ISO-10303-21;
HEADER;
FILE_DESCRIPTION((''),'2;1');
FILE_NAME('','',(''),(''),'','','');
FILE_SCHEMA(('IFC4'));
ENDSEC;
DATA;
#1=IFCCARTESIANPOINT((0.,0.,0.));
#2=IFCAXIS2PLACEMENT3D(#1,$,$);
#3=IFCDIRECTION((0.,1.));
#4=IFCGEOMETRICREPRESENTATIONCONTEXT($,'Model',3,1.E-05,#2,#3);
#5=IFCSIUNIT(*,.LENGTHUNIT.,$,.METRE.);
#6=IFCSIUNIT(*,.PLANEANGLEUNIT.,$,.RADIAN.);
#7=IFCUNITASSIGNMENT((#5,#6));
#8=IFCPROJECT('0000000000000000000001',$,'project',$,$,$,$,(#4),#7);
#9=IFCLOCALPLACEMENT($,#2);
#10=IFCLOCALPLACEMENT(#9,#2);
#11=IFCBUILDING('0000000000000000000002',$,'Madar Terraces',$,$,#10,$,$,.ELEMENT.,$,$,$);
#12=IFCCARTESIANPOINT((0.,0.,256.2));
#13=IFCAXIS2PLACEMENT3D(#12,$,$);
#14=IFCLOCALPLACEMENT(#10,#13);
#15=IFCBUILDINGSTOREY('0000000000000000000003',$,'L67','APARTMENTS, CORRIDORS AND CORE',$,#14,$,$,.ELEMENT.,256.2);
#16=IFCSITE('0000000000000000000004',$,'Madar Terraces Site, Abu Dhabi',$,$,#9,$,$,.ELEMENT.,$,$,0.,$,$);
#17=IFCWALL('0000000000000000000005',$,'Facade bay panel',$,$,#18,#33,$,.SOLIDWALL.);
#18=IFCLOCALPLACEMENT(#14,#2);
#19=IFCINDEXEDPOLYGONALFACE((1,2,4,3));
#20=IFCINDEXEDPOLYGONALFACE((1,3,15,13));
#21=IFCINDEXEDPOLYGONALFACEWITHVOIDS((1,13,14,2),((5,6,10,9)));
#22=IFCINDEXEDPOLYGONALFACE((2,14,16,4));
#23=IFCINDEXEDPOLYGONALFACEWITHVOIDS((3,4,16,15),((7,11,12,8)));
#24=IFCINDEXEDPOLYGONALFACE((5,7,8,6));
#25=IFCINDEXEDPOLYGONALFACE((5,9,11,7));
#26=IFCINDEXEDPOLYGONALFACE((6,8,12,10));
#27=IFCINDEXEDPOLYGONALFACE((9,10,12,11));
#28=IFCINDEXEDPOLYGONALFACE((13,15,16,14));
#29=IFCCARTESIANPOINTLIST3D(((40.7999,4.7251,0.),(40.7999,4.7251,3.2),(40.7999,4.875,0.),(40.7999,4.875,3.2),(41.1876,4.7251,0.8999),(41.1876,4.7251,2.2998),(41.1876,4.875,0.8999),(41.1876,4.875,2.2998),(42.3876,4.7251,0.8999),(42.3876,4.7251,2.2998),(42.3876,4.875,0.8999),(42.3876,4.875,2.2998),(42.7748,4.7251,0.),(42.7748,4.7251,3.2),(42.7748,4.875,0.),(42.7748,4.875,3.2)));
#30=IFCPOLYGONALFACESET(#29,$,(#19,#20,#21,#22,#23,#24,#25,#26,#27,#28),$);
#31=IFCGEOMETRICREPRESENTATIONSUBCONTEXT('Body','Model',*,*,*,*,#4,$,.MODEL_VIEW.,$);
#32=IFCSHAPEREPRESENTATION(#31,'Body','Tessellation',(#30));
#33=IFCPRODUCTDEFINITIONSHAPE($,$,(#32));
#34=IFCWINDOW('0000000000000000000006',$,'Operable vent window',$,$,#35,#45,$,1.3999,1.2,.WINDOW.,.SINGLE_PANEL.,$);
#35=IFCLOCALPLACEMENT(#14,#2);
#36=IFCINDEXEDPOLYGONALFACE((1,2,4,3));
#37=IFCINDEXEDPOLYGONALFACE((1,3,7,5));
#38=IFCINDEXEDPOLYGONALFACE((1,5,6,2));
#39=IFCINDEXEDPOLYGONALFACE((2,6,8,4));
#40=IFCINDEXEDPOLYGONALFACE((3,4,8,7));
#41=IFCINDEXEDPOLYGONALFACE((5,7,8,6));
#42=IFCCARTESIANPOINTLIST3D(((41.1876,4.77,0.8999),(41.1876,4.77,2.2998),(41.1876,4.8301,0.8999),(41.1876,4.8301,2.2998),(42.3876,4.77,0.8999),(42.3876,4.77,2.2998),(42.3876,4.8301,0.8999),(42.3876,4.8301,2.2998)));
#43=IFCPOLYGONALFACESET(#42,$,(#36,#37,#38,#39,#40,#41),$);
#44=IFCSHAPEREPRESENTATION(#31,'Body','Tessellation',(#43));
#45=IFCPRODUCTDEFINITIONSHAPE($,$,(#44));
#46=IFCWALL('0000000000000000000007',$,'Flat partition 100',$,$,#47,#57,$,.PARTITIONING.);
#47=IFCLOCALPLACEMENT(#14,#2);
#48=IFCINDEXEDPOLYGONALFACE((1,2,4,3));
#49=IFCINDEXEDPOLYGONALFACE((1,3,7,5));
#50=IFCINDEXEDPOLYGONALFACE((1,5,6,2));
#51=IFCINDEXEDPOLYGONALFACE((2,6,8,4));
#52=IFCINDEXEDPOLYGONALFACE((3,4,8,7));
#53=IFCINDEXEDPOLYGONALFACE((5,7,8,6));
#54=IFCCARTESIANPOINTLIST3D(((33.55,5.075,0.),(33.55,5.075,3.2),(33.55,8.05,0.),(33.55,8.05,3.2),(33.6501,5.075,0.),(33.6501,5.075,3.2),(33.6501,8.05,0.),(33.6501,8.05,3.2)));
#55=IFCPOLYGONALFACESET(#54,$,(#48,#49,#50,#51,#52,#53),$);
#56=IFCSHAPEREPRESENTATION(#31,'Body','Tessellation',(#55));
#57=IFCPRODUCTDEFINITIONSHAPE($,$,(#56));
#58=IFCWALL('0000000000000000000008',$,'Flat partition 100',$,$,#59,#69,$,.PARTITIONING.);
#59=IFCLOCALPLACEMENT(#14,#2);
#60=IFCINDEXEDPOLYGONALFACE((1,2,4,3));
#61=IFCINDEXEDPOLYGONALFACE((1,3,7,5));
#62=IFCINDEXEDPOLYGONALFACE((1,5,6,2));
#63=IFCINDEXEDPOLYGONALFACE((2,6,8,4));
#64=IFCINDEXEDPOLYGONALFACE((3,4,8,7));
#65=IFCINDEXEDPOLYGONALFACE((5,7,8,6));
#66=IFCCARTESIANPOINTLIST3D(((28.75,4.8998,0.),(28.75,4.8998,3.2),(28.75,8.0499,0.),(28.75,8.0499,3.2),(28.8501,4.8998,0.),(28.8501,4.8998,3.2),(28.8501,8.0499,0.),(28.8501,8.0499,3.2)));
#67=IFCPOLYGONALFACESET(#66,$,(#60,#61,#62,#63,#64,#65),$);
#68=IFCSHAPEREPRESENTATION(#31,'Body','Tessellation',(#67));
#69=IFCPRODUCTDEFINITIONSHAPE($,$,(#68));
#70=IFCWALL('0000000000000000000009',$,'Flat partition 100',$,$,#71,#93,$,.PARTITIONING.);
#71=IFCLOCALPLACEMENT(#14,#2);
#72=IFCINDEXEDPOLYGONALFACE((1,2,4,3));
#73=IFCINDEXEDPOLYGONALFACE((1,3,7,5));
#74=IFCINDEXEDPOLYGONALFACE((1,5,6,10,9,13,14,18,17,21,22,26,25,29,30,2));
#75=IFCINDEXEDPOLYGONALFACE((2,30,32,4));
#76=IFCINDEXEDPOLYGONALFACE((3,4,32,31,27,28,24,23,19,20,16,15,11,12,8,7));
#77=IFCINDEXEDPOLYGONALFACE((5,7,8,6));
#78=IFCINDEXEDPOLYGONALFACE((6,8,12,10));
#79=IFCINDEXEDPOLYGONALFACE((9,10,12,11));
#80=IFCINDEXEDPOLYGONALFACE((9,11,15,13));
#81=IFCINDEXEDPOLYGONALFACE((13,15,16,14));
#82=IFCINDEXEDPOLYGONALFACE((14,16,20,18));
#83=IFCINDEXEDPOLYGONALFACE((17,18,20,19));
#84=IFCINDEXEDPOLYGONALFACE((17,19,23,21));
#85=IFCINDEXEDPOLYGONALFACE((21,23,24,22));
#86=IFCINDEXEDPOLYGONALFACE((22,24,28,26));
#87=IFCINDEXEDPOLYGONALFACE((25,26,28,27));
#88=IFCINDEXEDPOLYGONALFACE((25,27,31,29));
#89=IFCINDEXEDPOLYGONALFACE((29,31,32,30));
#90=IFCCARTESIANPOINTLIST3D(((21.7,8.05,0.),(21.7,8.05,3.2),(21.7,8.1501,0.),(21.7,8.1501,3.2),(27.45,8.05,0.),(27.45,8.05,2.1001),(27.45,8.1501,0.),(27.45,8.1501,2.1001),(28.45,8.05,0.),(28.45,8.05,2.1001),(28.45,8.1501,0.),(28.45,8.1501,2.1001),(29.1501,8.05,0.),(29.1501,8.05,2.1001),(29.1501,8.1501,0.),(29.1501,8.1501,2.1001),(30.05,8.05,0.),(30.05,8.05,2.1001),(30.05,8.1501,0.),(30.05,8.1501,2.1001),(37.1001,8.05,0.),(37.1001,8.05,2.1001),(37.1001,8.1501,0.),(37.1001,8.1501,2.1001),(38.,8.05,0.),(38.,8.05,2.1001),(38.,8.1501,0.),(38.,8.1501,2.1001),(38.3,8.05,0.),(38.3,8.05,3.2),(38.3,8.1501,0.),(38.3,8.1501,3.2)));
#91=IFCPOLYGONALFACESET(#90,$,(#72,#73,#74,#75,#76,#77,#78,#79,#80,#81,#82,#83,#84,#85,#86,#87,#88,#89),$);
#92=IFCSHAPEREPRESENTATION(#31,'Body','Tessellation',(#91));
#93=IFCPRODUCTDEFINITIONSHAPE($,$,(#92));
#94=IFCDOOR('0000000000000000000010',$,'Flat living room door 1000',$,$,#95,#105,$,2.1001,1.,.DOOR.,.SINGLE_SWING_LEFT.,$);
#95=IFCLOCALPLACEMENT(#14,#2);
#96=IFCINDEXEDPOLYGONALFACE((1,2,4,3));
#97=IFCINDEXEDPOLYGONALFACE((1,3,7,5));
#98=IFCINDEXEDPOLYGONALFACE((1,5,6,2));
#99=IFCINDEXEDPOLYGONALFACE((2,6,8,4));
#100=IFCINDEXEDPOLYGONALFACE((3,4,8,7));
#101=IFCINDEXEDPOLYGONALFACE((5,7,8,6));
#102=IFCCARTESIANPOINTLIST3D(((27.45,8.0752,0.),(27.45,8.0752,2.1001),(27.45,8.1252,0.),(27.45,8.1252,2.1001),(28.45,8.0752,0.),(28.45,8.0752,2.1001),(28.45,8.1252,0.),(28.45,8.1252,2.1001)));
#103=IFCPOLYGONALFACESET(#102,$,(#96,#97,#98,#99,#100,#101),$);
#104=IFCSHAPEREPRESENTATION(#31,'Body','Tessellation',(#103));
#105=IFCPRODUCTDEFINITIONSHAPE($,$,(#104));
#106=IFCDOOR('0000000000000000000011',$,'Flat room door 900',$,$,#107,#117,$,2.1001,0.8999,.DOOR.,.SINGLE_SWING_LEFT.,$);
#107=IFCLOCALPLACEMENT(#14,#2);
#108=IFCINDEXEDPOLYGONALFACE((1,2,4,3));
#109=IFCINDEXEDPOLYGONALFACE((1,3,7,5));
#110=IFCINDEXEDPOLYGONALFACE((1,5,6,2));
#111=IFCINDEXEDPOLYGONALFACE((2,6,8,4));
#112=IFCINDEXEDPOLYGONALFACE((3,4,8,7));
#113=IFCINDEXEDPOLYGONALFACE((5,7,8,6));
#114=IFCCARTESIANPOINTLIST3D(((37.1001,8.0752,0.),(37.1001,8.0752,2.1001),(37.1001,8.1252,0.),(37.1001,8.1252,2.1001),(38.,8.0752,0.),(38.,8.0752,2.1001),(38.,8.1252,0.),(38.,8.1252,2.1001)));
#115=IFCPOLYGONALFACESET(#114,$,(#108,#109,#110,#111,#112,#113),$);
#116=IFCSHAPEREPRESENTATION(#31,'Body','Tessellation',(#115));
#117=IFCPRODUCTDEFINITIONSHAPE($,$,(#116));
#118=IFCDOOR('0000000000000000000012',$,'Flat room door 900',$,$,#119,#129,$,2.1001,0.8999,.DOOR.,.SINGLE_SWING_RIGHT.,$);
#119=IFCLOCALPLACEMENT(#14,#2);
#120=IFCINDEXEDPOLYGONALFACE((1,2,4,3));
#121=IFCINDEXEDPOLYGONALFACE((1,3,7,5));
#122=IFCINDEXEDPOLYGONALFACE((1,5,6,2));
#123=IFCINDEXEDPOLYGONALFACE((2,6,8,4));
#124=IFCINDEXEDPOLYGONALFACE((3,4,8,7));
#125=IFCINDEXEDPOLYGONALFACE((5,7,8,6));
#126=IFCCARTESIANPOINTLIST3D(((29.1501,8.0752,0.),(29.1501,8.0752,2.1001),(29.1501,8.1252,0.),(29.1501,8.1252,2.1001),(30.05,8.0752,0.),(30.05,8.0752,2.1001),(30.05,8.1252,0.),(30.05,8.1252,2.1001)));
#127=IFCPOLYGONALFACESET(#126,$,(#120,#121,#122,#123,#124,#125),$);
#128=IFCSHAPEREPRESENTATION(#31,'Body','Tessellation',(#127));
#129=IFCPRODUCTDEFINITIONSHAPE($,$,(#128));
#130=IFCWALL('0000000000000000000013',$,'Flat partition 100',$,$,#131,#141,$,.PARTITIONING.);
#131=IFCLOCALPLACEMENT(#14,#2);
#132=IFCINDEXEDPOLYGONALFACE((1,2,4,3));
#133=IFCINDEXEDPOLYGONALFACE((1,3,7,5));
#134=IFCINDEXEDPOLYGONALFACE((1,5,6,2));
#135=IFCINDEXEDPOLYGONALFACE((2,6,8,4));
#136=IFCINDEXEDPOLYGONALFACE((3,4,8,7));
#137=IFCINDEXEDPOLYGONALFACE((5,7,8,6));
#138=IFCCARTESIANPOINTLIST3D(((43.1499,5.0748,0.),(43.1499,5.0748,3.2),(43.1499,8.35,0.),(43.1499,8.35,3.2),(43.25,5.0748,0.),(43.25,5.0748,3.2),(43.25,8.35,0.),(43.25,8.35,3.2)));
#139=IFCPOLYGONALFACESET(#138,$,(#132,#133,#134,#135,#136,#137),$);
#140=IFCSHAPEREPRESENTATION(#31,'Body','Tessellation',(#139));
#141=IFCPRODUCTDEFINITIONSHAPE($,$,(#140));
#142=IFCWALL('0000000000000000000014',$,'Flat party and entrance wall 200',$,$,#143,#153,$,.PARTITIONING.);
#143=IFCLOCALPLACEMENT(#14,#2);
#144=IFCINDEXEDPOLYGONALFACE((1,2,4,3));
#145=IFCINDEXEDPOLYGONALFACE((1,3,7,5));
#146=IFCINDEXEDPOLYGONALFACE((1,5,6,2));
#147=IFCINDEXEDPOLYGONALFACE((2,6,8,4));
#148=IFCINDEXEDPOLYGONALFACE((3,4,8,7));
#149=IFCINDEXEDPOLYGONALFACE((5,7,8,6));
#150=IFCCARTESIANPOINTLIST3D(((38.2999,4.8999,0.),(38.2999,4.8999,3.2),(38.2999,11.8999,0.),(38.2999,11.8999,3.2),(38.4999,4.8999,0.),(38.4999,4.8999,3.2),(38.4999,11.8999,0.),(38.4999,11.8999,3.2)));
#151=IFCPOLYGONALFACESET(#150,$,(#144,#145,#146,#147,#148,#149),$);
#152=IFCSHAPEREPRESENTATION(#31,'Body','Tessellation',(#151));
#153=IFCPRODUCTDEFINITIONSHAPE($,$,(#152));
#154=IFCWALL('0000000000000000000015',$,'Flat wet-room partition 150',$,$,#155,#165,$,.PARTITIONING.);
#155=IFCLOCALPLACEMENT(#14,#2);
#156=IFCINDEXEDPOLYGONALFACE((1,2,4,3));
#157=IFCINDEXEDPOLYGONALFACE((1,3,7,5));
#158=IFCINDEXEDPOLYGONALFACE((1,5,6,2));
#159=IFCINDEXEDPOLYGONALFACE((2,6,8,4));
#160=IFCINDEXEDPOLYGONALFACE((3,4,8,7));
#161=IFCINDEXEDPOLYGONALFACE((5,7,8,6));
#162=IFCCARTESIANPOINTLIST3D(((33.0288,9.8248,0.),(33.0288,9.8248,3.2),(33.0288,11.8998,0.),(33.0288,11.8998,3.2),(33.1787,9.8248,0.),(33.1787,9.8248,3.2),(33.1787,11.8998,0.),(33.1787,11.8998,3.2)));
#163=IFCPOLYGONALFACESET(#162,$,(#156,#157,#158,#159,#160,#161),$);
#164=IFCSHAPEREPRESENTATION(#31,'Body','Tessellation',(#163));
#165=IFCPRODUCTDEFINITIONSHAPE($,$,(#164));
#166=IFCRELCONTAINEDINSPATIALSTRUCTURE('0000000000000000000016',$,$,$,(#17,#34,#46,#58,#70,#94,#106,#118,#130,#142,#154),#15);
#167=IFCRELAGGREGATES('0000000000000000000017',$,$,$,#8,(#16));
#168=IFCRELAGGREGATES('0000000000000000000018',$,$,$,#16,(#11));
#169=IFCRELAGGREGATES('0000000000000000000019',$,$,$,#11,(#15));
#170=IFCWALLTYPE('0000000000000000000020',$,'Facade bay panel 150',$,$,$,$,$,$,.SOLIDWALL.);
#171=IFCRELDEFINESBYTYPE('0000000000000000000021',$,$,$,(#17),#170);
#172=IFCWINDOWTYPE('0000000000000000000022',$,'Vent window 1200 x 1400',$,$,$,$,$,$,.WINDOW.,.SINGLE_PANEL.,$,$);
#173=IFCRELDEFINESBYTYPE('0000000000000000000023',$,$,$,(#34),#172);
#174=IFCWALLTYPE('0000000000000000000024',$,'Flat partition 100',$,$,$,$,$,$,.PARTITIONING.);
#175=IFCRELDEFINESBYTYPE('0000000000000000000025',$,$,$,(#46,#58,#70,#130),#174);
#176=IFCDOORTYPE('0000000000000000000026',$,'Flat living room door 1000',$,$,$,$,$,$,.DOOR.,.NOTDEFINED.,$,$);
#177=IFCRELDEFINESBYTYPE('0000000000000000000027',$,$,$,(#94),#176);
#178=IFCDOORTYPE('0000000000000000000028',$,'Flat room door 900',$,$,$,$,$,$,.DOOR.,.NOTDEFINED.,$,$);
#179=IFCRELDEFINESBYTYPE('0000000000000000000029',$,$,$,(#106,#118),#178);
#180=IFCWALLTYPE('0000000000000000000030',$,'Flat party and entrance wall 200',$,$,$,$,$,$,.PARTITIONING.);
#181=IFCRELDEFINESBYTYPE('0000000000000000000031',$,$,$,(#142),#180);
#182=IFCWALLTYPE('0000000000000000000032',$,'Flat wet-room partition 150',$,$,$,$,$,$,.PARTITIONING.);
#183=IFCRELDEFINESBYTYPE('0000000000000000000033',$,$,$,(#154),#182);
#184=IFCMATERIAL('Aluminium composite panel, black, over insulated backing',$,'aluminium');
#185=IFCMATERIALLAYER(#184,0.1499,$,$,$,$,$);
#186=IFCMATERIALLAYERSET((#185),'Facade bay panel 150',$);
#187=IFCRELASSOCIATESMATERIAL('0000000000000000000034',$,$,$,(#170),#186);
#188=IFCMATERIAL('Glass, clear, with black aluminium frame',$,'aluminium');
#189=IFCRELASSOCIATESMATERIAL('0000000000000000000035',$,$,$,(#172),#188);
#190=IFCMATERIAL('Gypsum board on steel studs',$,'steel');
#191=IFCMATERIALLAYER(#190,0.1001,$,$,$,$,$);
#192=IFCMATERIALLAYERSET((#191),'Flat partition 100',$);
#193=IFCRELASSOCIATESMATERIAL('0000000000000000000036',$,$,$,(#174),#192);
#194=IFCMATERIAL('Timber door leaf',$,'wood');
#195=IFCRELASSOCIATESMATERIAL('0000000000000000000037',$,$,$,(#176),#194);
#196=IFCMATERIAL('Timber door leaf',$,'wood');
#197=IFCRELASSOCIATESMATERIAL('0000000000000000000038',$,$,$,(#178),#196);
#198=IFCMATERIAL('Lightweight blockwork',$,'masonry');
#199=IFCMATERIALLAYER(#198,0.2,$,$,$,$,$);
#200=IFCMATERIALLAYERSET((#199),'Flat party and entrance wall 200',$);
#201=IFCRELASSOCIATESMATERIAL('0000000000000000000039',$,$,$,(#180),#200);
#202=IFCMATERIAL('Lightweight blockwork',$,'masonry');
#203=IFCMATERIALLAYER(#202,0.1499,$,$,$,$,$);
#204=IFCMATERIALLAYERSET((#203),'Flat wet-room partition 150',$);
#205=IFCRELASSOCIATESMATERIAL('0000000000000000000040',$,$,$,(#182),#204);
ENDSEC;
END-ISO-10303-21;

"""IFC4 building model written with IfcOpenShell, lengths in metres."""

from ifc_helpers import new_model, si_unit, direction, frame, frame_2d, origin, place, context, subcontext, project, spatial, rectangle, extrude, material, layer, layer_set, type_object, element, fill, save


model = new_model("IFC4")

# Units and contexts
model_context = context("Model", 3, precision=1e-05, world=origin(), true_north=direction((0.0, 1.0)))
body_context = subcontext(model_context, "Body", "Model", "MODEL_VIEW")
ifc_project = project(units=[si_unit("LENGTHUNIT", "METRE"), si_unit("PLANEANGLEUNIT", "RADIAN")], contexts=[model_context])

# Site, building, storey
site_placement = place(None, origin())
site = spatial("IfcSite", under=ifc_project, at=site_placement, Name="Madar Terraces Site, Abu Dhabi", CompositionType="ELEMENT", RefElevation=0.0)
building_placement = place(site_placement, origin())
building = spatial("IfcBuilding", under=site, at=building_placement, Name="Madar Terraces", CompositionType="ELEMENT")
storey_placement = place(building_placement, frame((0.0, 0.0, 256.2)))
storey = spatial("IfcBuildingStorey", under=building, at=storey_placement, Name="L67", Description="APARTMENTS, CORRIDORS AND CORE", CompositionType="ELEMENT", Elevation=256.2)

# Wall, opening, window
ifc_material_1 = material(Name="Aluminium composite panel, black, over insulated backing", Category="aluminium")
ifc_layer_1 = layer(ifc_material_1, 0.1499)
ifc_layer_set_1 = layer_set([ifc_layer_1], Name="Facade bay panel 150")
wall_type_1 = type_object("IfcWallType", Name="Facade bay panel 150", PredefinedType="SOLIDWALL", material=ifc_layer_set_1)
ifc_material_2 = material(Name="Glass, clear, with black aluminium frame", Category="aluminium")
window_type = type_object("IfcWindowType", Name="Vent window 1200 x 1400", PartitioningType="SINGLE_PANEL", PredefinedType="WINDOW", material=ifc_material_2)
wall_1_placement = place(storey_placement, frame((40.8, 4.8, 0.0), z_axis=(0.0, 0.0, 1.0), x_axis=(1.0, 0.0, 0.0)))
wall_1 = element("IfcWall", 1, at=wall_1_placement, inside=storey, type_object=wall_type_1, Name="Facade bay panel", PredefinedType="SOLIDWALL", context=body_context, shape_type="SweptSolid", body=[
    extrude(rectangle(XDim=1.9749, YDim=0.1499, at=frame_2d((0.9873, 0.0))), origin(), (0.0, 0.0, 1.0), 3.2),
])
opening_1_placement = place(wall_1_placement, frame((0.3875, 0.0, 0.8999)))
opening_1 = element("IfcOpeningElement", 2, at=opening_1_placement, cuts=wall_1, PredefinedType="OPENING", context=body_context, shape_type="SweptSolid", body=[
    extrude(rectangle(XDim=1.2, YDim=1.3999, at=frame_2d((0.6001, 0.7))), frame((0.0, 0.085, 0.0), z_axis=(0.0, -1.0, 0.0), x_axis=(1.0, 0.0, 0.0)), (0.0, 0.0, 1.0), 0.1699),
])
window_1_placement = place(opening_1_placement, origin())
window_1 = element("IfcWindow", 3, at=window_1_placement, inside=storey, type_object=window_type, Name="Operable vent window", OverallHeight=1.3999, OverallWidth=1.2, PartitioningType="SINGLE_PANEL", PredefinedType="WINDOW", context=body_context, shape_type="SweptSolid", body=[
    extrude(rectangle(XDim=1.2, YDim=1.3999, at=frame_2d((0.6001, 0.7))), frame((0.0, 0.03, 0.0), z_axis=(0.0, -1.0, 0.0), x_axis=(1.0, 0.0, 0.0)), (0.0, 0.0, 1.0), 0.0601),
])
fill(opening_1, window_1)

# Walls
ifc_material_3 = material(Name="Gypsum board on steel studs", Category="steel")
ifc_layer_2 = layer(ifc_material_3, 0.1001)
ifc_layer_set_2 = layer_set([ifc_layer_2], Name="Flat partition 100")
wall_type_2 = type_object("IfcWallType", Name="Flat partition 100", PredefinedType="PARTITIONING", material=ifc_layer_set_2)
wall_2_placement = place(storey_placement, frame((33.6001, 8.05, 0.0), z_axis=(0.0, 0.0, 1.0), x_axis=(0.0, -1.0, 0.0)))
element("IfcWall", 4, at=wall_2_placement, inside=storey, type_object=wall_type_2, Name="Flat partition 100", PredefinedType="PARTITIONING", context=body_context, shape_type="SweptSolid", body=[
    extrude(rectangle(XDim=2.9751, YDim=0.1001, at=frame_2d((1.4875, 0.0))), origin(), (0.0, 0.0, 1.0), 3.2),
])
wall_3_placement = place(storey_placement, frame((28.8, 8.05, 0.0), z_axis=(0.0, 0.0, 1.0), x_axis=(0.0, -1.0, 0.0)))
element("IfcWall", 5, at=wall_3_placement, inside=storey, type_object=wall_type_2, Name="Flat partition 100", PredefinedType="PARTITIONING", context=body_context, shape_type="SweptSolid", body=[
    extrude(rectangle(XDim=3.1501, YDim=0.1001, at=frame_2d((1.5752, 0.0))), origin(), (0.0, 0.0, 1.0), 3.2),
])

# Wall, openings, doors
wall_4_placement = place(storey_placement, frame((38.3, 8.1001, 0.0), z_axis=(0.0, 0.0, 1.0), x_axis=(-1.0, 0.0, 0.0)))
wall_4 = element("IfcWall", 6, at=wall_4_placement, inside=storey, type_object=wall_type_2, Name="Flat partition 100", PredefinedType="PARTITIONING", context=body_context, shape_type="SweptSolid", body=[
    extrude(rectangle(XDim=16.6001, YDim=0.1001, at=frame_2d((8.3, 0.0))), origin(), (0.0, 0.0, 1.0), 3.2),
])
opening_2_placement = place(wall_4_placement, frame((0.3, 0.0, 0.0)))
opening_2 = element("IfcOpeningElement", 7, at=opening_2_placement, cuts=wall_4, PredefinedType="OPENING", context=body_context, shape_type="SweptSolid", body=[
    extrude(rectangle(XDim=0.8999, YDim=2.1001, at=frame_2d((0.45, 1.05))), frame((0.0, 0.0601, 0.0), z_axis=(0.0, -1.0, 0.0), x_axis=(1.0, 0.0, 0.0)), (0.0, 0.0, 1.0), 0.1201),
])
opening_3_placement = place(wall_4_placement, frame((8.25, 0.0, 0.0)))
opening_3 = element("IfcOpeningElement", 8, at=opening_3_placement, cuts=wall_4, PredefinedType="OPENING", context=body_context, shape_type="SweptSolid", body=[
    extrude(rectangle(XDim=0.8999, YDim=2.1001, at=frame_2d((0.45, 1.05))), frame((0.0, 0.0601, 0.0), z_axis=(0.0, -1.0, 0.0), x_axis=(1.0, 0.0, 0.0)), (0.0, 0.0, 1.0), 0.1201),
])
opening_4_placement = place(wall_4_placement, frame((9.8501, 0.0, 0.0)))
opening_4 = element("IfcOpeningElement", 9, at=opening_4_placement, cuts=wall_4, PredefinedType="OPENING", context=body_context, shape_type="SweptSolid", body=[
    extrude(rectangle(XDim=1.0, YDim=2.1001, at=frame_2d((0.5, 1.05))), frame((0.0, 0.0601, 0.0), z_axis=(0.0, -1.0, 0.0), x_axis=(1.0, 0.0, 0.0)), (0.0, 0.0, 1.0), 0.1201),
])
ifc_material_4 = material(Name="Timber door leaf", Category="wood")
door_type_1 = type_object("IfcDoorType", Name="Flat living room door 1000", OperationType="NOTDEFINED", PredefinedType="DOOR", material=ifc_material_4)
door_1_placement = place(opening_4_placement, origin())
door_1 = element("IfcDoor", 10, at=door_1_placement, inside=storey, type_object=door_type_1, Name="Flat living room door 1000", OperationType="SINGLE_SWING_LEFT", OverallHeight=2.1001, OverallWidth=1.0, PredefinedType="DOOR", context=body_context, shape_type="SweptSolid", body=[
    extrude(rectangle(XDim=1.0, YDim=2.1001, at=frame_2d((0.5, 1.05))), frame((0.0, 0.0249, 0.0), z_axis=(0.0, -1.0, 0.0), x_axis=(1.0, 0.0, 0.0)), (0.0, 0.0, 1.0), 0.05),
])
fill(opening_4, door_1)
ifc_material_5 = material(Name="Timber door leaf", Category="wood")
door_type_2 = type_object("IfcDoorType", Name="Flat room door 900", OperationType="NOTDEFINED", PredefinedType="DOOR", material=ifc_material_5)
door_2_placement = place(opening_2_placement, origin())
door_2 = element("IfcDoor", 11, at=door_2_placement, inside=storey, type_object=door_type_2, Name="Flat room door 900", OperationType="SINGLE_SWING_LEFT", OverallHeight=2.1001, OverallWidth=0.8999, PredefinedType="DOOR", context=body_context, shape_type="SweptSolid", body=[
    extrude(rectangle(XDim=0.8999, YDim=2.1001, at=frame_2d((0.45, 1.05))), frame((0.0, 0.0249, 0.0), z_axis=(0.0, -1.0, 0.0), x_axis=(1.0, 0.0, 0.0)), (0.0, 0.0, 1.0), 0.05),
])
fill(opening_2, door_2)
door_3_placement = place(opening_3_placement, origin())
door_3 = element("IfcDoor", 12, at=door_3_placement, inside=storey, type_object=door_type_2, Name="Flat room door 900", OperationType="SINGLE_SWING_RIGHT", OverallHeight=2.1001, OverallWidth=0.8999, PredefinedType="DOOR", context=body_context, shape_type="SweptSolid", body=[
    extrude(rectangle(XDim=0.8999, YDim=2.1001, at=frame_2d((0.45, 1.05))), frame((0.0, 0.0249, 0.0), z_axis=(0.0, -1.0, 0.0), x_axis=(1.0, 0.0, 0.0)), (0.0, 0.0, 1.0), 0.05),
])
fill(opening_3, door_3)

# Walls
wall_5_placement = place(storey_placement, frame((43.2, 8.3501, 0.0), z_axis=(0.0, 0.0, 1.0), x_axis=(0.0, -1.0, 0.0)))
element("IfcWall", 13, at=wall_5_placement, inside=storey, type_object=wall_type_2, Name="Flat partition 100", PredefinedType="PARTITIONING", context=body_context, shape_type="SweptSolid", body=[
    extrude(rectangle(XDim=3.2751, YDim=0.1001, at=frame_2d((1.6377, 0.0))), origin(), (0.0, 0.0, 1.0), 3.2),
])
ifc_material_6 = material(Name="Lightweight blockwork", Category="masonry")
ifc_layer_3 = layer(ifc_material_6, 0.2)
ifc_layer_set_3 = layer_set([ifc_layer_3], Name="Flat party and entrance wall 200")
wall_type_3 = type_object("IfcWallType", Name="Flat party and entrance wall 200", PredefinedType="PARTITIONING", material=ifc_layer_set_3)
wall_6_placement = place(storey_placement, frame((38.3999, 11.8999, 0.0), z_axis=(0.0, 0.0, 1.0), x_axis=(0.0, -1.0, 0.0)))
element("IfcWall", 14, at=wall_6_placement, inside=storey, type_object=wall_type_3, Name="Flat party and entrance wall 200", PredefinedType="PARTITIONING", context=body_context, shape_type="SweptSolid", body=[
    extrude(rectangle(XDim=7.0, YDim=0.2, at=frame_2d((3.5, 0.0))), origin(), (0.0, 0.0, 1.0), 3.2),
])
ifc_material_7 = material(Name="Lightweight blockwork", Category="masonry")
ifc_layer_4 = layer(ifc_material_7, 0.1499)
ifc_layer_set_4 = layer_set([ifc_layer_4], Name="Flat wet-room partition 150")
wall_type_4 = type_object("IfcWallType", Name="Flat wet-room partition 150", PredefinedType="PARTITIONING", material=ifc_layer_set_4)
wall_7_placement = place(storey_placement, frame((33.1038, 11.8999, 0.0), z_axis=(0.0, 0.0, 1.0), x_axis=(0.0, -1.0, 0.0)))
element("IfcWall", 15, at=wall_7_placement, inside=storey, type_object=wall_type_4, Name="Flat wet-room partition 150", PredefinedType="PARTITIONING", context=body_context, shape_type="SweptSolid", body=[
    extrude(rectangle(XDim=2.075, YDim=0.1499, at=frame_2d((1.0376, 0.0))), origin(), (0.0, 0.0, 1.0), 3.2),
])

save(model, "model.ifc")
